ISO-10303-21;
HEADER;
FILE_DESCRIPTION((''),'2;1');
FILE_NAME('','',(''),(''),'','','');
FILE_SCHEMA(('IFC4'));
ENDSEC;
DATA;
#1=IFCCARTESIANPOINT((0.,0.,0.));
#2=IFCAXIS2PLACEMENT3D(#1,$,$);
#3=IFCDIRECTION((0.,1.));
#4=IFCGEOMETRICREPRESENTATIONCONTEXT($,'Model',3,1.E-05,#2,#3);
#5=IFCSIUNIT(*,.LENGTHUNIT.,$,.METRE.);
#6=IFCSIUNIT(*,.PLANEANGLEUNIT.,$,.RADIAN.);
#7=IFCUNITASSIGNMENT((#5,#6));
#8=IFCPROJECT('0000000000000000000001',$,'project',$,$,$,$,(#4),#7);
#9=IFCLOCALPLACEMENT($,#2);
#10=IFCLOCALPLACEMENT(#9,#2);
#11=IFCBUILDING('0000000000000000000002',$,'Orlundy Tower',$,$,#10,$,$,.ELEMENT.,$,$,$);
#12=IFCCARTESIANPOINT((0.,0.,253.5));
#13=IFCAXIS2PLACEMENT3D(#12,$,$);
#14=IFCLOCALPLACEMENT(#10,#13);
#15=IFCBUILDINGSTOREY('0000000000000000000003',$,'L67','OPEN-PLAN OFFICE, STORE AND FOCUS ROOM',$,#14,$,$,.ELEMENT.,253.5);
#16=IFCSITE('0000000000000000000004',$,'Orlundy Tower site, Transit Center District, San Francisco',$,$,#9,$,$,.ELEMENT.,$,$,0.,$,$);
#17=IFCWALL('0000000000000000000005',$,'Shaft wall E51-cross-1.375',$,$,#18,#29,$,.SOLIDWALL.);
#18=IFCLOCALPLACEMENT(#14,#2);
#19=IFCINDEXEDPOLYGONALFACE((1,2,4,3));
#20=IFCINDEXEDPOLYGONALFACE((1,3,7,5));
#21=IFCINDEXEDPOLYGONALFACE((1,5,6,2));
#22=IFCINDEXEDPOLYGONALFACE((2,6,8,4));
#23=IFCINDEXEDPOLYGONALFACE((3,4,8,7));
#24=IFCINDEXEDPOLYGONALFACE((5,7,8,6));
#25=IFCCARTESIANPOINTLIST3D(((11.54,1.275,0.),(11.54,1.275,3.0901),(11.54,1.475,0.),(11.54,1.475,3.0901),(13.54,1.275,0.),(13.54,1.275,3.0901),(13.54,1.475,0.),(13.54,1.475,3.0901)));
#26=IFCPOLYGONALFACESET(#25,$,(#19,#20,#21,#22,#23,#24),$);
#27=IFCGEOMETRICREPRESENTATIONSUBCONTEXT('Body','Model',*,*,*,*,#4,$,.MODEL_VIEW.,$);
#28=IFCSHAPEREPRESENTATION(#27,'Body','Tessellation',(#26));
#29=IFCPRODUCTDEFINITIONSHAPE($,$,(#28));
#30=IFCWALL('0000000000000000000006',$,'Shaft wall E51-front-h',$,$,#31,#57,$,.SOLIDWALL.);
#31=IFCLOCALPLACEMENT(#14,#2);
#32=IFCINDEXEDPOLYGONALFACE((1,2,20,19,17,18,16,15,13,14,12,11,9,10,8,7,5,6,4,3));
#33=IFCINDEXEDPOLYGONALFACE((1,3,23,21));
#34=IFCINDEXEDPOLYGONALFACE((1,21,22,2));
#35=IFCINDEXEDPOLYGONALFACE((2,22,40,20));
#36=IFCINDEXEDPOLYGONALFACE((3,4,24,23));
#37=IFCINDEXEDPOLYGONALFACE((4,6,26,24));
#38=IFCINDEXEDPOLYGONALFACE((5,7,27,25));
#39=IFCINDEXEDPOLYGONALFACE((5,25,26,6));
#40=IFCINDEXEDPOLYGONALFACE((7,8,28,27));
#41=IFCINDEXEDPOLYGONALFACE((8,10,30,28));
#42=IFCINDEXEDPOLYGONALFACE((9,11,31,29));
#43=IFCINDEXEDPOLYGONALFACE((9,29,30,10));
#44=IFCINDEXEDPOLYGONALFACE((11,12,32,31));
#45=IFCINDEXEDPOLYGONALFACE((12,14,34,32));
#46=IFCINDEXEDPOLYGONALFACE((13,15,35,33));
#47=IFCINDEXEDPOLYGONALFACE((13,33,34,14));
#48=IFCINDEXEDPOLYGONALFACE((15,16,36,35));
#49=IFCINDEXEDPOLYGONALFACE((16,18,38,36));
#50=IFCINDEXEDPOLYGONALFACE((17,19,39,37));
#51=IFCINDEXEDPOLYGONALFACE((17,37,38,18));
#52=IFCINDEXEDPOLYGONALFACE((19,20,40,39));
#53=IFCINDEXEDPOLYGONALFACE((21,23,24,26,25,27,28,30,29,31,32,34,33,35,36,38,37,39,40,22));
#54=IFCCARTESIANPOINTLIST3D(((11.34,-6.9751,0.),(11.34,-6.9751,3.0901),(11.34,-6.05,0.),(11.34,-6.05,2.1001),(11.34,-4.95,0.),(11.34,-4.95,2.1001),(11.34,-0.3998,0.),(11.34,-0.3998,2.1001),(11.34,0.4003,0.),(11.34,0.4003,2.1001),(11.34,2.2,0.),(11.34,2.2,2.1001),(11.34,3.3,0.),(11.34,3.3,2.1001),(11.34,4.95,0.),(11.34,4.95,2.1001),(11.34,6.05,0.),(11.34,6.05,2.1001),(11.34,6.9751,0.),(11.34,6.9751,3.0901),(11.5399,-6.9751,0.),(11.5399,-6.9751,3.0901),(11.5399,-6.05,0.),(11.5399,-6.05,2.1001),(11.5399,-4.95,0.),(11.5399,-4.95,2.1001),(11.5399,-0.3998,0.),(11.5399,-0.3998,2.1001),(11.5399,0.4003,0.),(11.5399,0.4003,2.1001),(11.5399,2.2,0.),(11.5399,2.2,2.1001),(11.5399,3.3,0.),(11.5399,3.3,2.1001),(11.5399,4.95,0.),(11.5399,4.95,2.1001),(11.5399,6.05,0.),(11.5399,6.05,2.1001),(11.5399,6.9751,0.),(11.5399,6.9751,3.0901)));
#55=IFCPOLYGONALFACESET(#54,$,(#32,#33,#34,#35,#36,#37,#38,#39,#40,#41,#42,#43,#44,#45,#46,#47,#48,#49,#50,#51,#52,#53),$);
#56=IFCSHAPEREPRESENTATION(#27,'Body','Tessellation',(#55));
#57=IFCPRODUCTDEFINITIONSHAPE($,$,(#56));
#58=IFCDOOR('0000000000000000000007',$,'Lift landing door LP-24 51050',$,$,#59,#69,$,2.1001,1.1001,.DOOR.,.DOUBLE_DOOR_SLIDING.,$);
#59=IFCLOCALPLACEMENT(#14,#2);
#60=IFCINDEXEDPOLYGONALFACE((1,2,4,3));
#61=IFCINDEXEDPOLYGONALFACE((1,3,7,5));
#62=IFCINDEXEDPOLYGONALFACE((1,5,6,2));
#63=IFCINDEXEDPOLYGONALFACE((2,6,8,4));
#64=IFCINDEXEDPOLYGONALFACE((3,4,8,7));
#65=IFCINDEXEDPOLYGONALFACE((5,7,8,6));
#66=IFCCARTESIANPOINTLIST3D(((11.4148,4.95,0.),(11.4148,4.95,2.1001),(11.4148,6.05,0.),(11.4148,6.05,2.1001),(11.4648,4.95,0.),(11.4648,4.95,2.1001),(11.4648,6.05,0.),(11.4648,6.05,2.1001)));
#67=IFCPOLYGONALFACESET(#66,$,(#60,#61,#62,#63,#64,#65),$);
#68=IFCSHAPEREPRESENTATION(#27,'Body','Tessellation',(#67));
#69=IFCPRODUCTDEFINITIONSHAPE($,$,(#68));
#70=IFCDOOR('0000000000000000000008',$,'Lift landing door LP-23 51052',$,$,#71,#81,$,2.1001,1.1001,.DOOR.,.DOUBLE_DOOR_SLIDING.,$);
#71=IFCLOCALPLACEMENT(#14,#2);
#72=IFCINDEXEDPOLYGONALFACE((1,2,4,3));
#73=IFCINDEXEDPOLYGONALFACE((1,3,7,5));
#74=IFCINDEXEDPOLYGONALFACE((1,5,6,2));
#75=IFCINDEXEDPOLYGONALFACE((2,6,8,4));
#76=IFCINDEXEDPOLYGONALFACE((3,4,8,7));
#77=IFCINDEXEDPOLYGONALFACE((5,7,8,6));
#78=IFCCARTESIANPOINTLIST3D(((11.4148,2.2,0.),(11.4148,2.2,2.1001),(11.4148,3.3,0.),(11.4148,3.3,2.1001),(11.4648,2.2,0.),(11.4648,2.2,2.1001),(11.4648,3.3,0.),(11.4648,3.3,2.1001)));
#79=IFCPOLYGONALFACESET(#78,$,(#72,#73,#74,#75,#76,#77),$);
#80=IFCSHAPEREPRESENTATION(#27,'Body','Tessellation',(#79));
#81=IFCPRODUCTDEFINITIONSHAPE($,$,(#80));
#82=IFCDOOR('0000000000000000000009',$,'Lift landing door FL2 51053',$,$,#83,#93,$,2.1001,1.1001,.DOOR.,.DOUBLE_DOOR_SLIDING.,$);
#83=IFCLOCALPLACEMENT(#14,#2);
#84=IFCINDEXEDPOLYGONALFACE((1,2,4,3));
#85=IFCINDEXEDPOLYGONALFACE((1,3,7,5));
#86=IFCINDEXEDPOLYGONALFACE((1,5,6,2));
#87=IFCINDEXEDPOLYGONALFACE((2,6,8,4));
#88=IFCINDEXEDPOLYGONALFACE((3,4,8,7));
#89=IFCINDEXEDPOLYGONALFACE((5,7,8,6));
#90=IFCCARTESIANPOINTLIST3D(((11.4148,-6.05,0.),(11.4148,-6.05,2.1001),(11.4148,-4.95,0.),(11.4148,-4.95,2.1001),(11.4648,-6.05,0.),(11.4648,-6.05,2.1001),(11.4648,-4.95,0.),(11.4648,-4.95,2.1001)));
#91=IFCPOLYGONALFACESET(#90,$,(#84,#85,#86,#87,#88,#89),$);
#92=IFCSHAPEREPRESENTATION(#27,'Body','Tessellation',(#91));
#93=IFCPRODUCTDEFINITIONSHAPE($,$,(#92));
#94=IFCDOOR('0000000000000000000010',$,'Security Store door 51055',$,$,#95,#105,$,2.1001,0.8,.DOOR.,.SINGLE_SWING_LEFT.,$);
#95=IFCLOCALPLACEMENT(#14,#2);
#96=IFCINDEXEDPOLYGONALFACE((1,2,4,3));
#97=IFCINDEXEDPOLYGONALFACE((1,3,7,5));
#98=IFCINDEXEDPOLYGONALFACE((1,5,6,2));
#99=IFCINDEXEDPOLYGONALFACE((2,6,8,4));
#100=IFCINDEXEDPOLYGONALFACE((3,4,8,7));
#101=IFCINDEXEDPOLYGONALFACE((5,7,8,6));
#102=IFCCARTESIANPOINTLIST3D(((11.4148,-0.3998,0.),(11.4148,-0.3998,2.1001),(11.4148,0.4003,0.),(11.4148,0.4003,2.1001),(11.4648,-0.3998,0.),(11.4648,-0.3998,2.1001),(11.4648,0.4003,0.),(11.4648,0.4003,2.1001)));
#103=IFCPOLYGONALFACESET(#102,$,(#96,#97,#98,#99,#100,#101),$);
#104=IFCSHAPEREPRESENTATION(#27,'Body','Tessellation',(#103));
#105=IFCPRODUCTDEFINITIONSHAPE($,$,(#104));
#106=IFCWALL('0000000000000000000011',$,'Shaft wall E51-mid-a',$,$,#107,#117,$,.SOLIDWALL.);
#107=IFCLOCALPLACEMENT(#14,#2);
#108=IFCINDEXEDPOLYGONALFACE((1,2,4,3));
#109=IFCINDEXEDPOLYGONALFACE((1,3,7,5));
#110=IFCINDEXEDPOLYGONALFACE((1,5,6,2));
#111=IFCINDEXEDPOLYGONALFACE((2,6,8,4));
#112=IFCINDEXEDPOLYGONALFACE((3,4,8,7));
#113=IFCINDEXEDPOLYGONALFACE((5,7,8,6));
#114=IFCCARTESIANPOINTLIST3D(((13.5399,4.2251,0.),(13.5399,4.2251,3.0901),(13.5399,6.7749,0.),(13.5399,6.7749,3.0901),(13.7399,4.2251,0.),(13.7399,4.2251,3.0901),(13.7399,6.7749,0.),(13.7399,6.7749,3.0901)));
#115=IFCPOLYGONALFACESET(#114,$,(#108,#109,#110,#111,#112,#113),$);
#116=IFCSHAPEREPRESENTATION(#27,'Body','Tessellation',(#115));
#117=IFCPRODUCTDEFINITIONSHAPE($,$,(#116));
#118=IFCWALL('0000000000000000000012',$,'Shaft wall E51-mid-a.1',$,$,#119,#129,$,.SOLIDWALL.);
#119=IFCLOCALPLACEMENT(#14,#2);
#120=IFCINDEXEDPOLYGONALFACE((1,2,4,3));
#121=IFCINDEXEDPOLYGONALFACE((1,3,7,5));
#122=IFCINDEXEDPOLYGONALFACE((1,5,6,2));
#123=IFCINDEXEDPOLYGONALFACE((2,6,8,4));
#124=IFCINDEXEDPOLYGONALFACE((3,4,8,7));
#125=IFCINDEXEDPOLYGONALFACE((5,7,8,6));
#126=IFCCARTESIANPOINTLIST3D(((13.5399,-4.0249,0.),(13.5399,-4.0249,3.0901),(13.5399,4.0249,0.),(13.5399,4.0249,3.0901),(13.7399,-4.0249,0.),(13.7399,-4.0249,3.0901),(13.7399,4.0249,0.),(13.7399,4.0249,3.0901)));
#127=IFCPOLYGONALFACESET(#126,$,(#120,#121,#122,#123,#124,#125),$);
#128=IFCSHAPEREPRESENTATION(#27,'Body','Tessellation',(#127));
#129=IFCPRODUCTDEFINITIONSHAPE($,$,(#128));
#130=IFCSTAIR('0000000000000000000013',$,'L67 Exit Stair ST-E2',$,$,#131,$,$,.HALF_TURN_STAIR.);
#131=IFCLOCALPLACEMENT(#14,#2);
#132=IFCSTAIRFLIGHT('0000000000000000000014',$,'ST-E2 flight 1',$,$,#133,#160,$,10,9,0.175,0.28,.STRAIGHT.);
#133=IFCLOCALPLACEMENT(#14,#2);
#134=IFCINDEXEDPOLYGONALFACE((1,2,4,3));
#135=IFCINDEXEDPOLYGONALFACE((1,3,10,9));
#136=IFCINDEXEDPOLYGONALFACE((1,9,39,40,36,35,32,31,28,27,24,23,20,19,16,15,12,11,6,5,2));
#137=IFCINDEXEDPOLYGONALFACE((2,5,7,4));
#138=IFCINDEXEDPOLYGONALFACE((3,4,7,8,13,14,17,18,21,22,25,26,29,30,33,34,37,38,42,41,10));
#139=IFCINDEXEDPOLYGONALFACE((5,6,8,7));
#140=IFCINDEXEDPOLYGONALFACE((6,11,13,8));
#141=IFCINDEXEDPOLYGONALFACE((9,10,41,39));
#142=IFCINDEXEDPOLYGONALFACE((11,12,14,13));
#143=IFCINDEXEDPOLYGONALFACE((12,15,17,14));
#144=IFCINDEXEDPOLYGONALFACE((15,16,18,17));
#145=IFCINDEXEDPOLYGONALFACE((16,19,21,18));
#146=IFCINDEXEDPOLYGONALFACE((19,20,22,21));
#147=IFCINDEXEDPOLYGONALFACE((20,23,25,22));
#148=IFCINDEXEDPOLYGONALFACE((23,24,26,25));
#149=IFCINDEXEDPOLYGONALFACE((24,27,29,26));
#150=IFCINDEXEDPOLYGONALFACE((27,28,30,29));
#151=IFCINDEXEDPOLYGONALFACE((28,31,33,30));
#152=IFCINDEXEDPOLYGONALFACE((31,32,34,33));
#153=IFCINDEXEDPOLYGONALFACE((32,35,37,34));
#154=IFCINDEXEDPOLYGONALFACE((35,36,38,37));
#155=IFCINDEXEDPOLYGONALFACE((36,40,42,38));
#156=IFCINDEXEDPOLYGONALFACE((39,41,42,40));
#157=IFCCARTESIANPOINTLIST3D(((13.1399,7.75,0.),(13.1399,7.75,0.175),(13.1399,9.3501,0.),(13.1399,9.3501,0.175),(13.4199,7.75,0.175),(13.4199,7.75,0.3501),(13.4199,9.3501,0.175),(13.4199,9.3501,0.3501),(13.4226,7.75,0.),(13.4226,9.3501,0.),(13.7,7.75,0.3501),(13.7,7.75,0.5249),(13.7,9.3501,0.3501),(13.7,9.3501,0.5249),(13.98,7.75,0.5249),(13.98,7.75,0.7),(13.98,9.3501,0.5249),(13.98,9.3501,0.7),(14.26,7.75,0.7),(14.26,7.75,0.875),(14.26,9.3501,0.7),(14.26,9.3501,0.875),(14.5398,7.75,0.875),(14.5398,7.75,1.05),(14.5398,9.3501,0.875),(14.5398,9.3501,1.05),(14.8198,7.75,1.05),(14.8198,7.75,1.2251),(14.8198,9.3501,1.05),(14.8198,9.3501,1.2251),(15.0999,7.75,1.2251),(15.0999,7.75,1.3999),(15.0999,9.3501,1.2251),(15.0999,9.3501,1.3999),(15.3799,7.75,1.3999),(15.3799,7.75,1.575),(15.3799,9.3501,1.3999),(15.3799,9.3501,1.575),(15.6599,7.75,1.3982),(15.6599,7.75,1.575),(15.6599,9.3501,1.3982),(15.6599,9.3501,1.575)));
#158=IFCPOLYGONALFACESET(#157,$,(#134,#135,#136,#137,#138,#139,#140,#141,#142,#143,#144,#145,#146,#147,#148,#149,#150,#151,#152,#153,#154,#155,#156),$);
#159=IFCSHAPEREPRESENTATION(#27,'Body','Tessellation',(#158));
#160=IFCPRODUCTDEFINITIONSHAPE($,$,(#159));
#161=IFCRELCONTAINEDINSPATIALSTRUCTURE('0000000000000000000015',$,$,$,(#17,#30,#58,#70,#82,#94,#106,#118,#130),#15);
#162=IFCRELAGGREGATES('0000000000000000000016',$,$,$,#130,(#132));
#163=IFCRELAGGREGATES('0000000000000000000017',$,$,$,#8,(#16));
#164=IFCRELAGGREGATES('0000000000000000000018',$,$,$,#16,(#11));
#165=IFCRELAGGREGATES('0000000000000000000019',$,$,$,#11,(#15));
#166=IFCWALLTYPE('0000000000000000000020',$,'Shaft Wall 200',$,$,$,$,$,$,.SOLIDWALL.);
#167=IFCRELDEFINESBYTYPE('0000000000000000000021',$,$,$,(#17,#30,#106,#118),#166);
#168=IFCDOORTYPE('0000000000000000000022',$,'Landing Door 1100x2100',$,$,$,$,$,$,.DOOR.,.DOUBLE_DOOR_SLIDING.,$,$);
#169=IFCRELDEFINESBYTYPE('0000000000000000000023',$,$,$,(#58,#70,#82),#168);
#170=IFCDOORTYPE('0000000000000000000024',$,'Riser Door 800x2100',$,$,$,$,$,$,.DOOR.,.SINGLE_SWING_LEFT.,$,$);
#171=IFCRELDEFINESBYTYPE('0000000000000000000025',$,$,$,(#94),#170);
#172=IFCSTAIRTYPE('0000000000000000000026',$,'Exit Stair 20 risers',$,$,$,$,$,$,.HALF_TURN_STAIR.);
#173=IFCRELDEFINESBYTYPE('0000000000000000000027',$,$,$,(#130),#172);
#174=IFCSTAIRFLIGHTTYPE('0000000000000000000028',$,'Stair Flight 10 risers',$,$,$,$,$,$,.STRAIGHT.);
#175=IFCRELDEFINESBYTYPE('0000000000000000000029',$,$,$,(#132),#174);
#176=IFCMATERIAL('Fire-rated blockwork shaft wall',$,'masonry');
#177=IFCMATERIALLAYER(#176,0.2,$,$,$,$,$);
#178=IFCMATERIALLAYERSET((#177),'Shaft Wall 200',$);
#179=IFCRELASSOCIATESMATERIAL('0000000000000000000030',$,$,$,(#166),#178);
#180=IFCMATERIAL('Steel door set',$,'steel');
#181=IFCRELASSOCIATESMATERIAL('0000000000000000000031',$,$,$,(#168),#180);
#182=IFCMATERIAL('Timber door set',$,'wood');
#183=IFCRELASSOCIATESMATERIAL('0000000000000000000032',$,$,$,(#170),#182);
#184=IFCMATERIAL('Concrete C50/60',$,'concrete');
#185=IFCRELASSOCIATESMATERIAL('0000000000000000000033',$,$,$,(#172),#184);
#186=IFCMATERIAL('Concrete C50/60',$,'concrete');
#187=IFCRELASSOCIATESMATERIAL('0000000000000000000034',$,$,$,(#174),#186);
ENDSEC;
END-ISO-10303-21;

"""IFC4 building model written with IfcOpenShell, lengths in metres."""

from ifc_helpers import new_model, si_unit, direction, frame, frame_2d, origin, place, context, subcontext, project, spatial, polyline, rectangle, outline, extrude, material, layer, layer_set, type_object, element, fill, aggregate, save


model = new_model("IFC4")

# Units and contexts
model_context = context("Model", 3, precision=1e-05, world=origin(), true_north=direction((0.0, 1.0)))
body_context = subcontext(model_context, "Body", "Model", "MODEL_VIEW")
ifc_project = project(units=[si_unit("LENGTHUNIT", "METRE"), si_unit("PLANEANGLEUNIT", "RADIAN")], contexts=[model_context])

# Site, building, storey
site_placement = place(None, origin())
site = spatial("IfcSite", under=ifc_project, at=site_placement, Name="Orlundy Tower site, Transit Center District, San Francisco", CompositionType="ELEMENT", RefElevation=0.0)
building_placement = place(site_placement, origin())
building = spatial("IfcBuilding", under=site, at=building_placement, Name="Orlundy Tower", CompositionType="ELEMENT")
storey_placement = place(building_placement, frame((0.0, 0.0, 253.5)))
storey = spatial("IfcBuildingStorey", under=building, at=storey_placement, Name="L67", Description="OPEN-PLAN OFFICE, STORE AND FOCUS ROOM", CompositionType="ELEMENT", Elevation=253.5)

# Wall
ifc_material_1 = material(Name="Fire-rated blockwork shaft wall", Category="masonry")
ifc_layer_1 = layer(ifc_material_1, 0.2)
ifc_layer_set_1 = layer_set([ifc_layer_1], Name="Shaft Wall 200")
wall_type_1 = type_object("IfcWallType", Name="Shaft Wall 200", PredefinedType="SOLIDWALL", material=ifc_layer_set_1)
wall_1_placement = place(storey_placement, frame((11.54, 1.375, 0.0), z_axis=(0.0, 0.0, 1.0), x_axis=(1.0, 0.0, 0.0)))
element("IfcWall", 1, at=wall_1_placement, inside=storey, type_object=wall_type_1, Name="Shaft wall E51-cross-1.375", PredefinedType="SOLIDWALL", context=body_context, shape_type="SweptSolid", body=[
    extrude(rectangle(XDim=2.0, YDim=0.2, at=frame_2d((1.0, 0.0))), origin(), (0.0, 0.0, 1.0), 3.0901),
])

# Wall, openings, doors
wall_2_placement = place(storey_placement, frame((11.4399, 6.9751, 0.0), z_axis=(0.0, 0.0, 1.0), x_axis=(0.0, -1.0, 0.0)))
wall_2 = element("IfcWall", 2, at=wall_2_placement, inside=storey, type_object=wall_type_1, Name="Shaft wall E51-front-h", PredefinedType="SOLIDWALL", context=body_context, shape_type="SweptSolid", body=[
    extrude(rectangle(XDim=13.9502, YDim=0.2, at=frame_2d((6.9751, 0.0))), origin(), (0.0, 0.0, 1.0), 3.0901),
])
opening_1_placement = place(wall_2_placement, frame((0.925, 0.0, 0.0)))
opening_1 = element("IfcOpeningElement", 3, at=opening_1_placement, cuts=wall_2, PredefinedType="OPENING", context=body_context, shape_type="SweptSolid", body=[
    extrude(rectangle(XDim=1.1001, YDim=2.1001, at=frame_2d((0.55, 1.05))), frame((0.0, 0.1101, 0.0), z_axis=(0.0, -1.0, 0.0), x_axis=(1.0, 0.0, 0.0)), (0.0, 0.0, 1.0), 0.2202),
])
opening_2_placement = place(wall_2_placement, frame((3.675, 0.0, 0.0)))
opening_2 = element("IfcOpeningElement", 4, at=opening_2_placement, cuts=wall_2, PredefinedType="OPENING", context=body_context, shape_type="SweptSolid", body=[
    extrude(rectangle(XDim=1.1001, YDim=2.1001, at=frame_2d((0.55, 1.05))), frame((0.0, 0.1101, 0.0), z_axis=(0.0, -1.0, 0.0), x_axis=(1.0, 0.0, 0.0)), (0.0, 0.0, 1.0), 0.2202),
])
opening_3_placement = place(wall_2_placement, frame((11.925, 0.0, 0.0)))
opening_3 = element("IfcOpeningElement", 5, at=opening_3_placement, cuts=wall_2, PredefinedType="OPENING", context=body_context, shape_type="SweptSolid", body=[
    extrude(rectangle(XDim=1.1001, YDim=2.1001, at=frame_2d((0.55, 1.05))), frame((0.0, 0.1101, 0.0), z_axis=(0.0, -1.0, 0.0), x_axis=(1.0, 0.0, 0.0)), (0.0, 0.0, 1.0), 0.2202),
])
opening_4_placement = place(wall_2_placement, frame((6.575, 0.0, 0.0)))
opening_4 = element("IfcOpeningElement", 6, at=opening_4_placement, cuts=wall_2, PredefinedType="OPENING", context=body_context, shape_type="SweptSolid", body=[
    extrude(rectangle(XDim=0.8, YDim=2.1001, at=frame_2d((0.3999, 1.05))), frame((0.0, 0.1101, 0.0), z_axis=(0.0, -1.0, 0.0), x_axis=(1.0, 0.0, 0.0)), (0.0, 0.0, 1.0), 0.2202),
])
ifc_material_2 = material(Name="Steel door set", Category="steel")
door_type_1 = type_object("IfcDoorType", Name="Landing Door 1100x2100", OperationType="DOUBLE_DOOR_SLIDING", PredefinedType="DOOR", material=ifc_material_2)
door_1_placement = place(opening_1_placement, origin())
door_1 = element("IfcDoor", 7, at=door_1_placement, inside=storey, type_object=door_type_1, Name="Lift landing door LP-24 51050", OperationType="DOUBLE_DOOR_SLIDING", OverallHeight=2.1001, OverallWidth=1.1001, PredefinedType="DOOR", context=body_context, shape_type="SweptSolid", body=[
    extrude(rectangle(XDim=1.1001, YDim=2.1001, at=frame_2d((0.55, 1.05))), frame((0.0, 0.0249, 0.0), z_axis=(0.0, -1.0, 0.0), x_axis=(1.0, 0.0, 0.0)), (0.0, 0.0, 1.0), 0.05),
])
fill(opening_1, door_1)
door_2_placement = place(opening_2_placement, origin())
door_2 = element("IfcDoor", 8, at=door_2_placement, inside=storey, type_object=door_type_1, Name="Lift landing door LP-23 51052", OperationType="DOUBLE_DOOR_SLIDING", OverallHeight=2.1001, OverallWidth=1.1001, PredefinedType="DOOR", context=body_context, shape_type="SweptSolid", body=[
    extrude(rectangle(XDim=1.1001, YDim=2.1001, at=frame_2d((0.55, 1.05))), frame((0.0, 0.0249, 0.0), z_axis=(0.0, -1.0, 0.0), x_axis=(1.0, 0.0, 0.0)), (0.0, 0.0, 1.0), 0.05),
])
fill(opening_2, door_2)
door_3_placement = place(opening_3_placement, origin())
door_3 = element("IfcDoor", 9, at=door_3_placement, inside=storey, type_object=door_type_1, Name="Lift landing door FL2 51053", OperationType="DOUBLE_DOOR_SLIDING", OverallHeight=2.1001, OverallWidth=1.1001, PredefinedType="DOOR", context=body_context, shape_type="SweptSolid", body=[
    extrude(rectangle(XDim=1.1001, YDim=2.1001, at=frame_2d((0.55, 1.05))), frame((0.0, 0.0249, 0.0), z_axis=(0.0, -1.0, 0.0), x_axis=(1.0, 0.0, 0.0)), (0.0, 0.0, 1.0), 0.05),
])
fill(opening_3, door_3)
ifc_material_3 = material(Name="Timber door set", Category="wood")
door_type_2 = type_object("IfcDoorType", Name="Riser Door 800x2100", OperationType="SINGLE_SWING_LEFT", PredefinedType="DOOR", material=ifc_material_3)
door_4_placement = place(opening_4_placement, origin())
door_4 = element("IfcDoor", 10, at=door_4_placement, inside=storey, type_object=door_type_2, Name="Security Store door 51055", OperationType="SINGLE_SWING_LEFT", OverallHeight=2.1001, OverallWidth=0.8, PredefinedType="DOOR", context=body_context, shape_type="SweptSolid", body=[
    extrude(rectangle(XDim=0.8, YDim=2.1001, at=frame_2d((0.3999, 1.05))), frame((0.0, 0.0249, 0.0), z_axis=(0.0, -1.0, 0.0), x_axis=(1.0, 0.0, 0.0)), (0.0, 0.0, 1.0), 0.05),
])
fill(opening_4, door_4)

# Walls
wall_3_placement = place(storey_placement, frame((13.6399, 6.7749, 0.0), z_axis=(0.0, 0.0, 1.0), x_axis=(0.0, -1.0, 0.0)))
element("IfcWall", 11, at=wall_3_placement, inside=storey, type_object=wall_type_1, Name="Shaft wall E51-mid-a", PredefinedType="SOLIDWALL", context=body_context, shape_type="SweptSolid", body=[
    extrude(rectangle(XDim=2.5498, YDim=0.2, at=frame_2d((1.2749, 0.0))), origin(), (0.0, 0.0, 1.0), 3.0901),
])
wall_4_placement = place(storey_placement, frame((13.6399, 4.0249, 0.0), z_axis=(0.0, 0.0, 1.0), x_axis=(0.0, -1.0, 0.0)))
element("IfcWall", 12, at=wall_4_placement, inside=storey, type_object=wall_type_1, Name="Shaft wall E51-mid-a.1", PredefinedType="SOLIDWALL", context=body_context, shape_type="SweptSolid", body=[
    extrude(rectangle(XDim=8.0498, YDim=0.2, at=frame_2d((4.0249, 0.0))), origin(), (0.0, 0.0, 1.0), 3.0901),
])

# Stair, stair flight
ifc_material_4 = material(Name="Concrete C50/60", Category="concrete")
stair_type = type_object("IfcStairType", Name="Exit Stair 20 risers", PredefinedType="HALF_TURN_STAIR", material=ifc_material_4)
stair_placement = place(storey_placement, origin())
stair = element("IfcStair", 13, at=stair_placement, inside=storey, type_object=stair_type, Name="L67 Exit Stair ST-E2", PredefinedType="HALF_TURN_STAIR")
ifc_material_5 = material(Name="Concrete C50/60", Category="concrete")
stair_flight_type = type_object("IfcStairFlightType", Name="Stair Flight 10 risers", PredefinedType="STRAIGHT", material=ifc_material_5)
stair_flight_1_placement = place(storey_placement, frame((13.1399, 8.55, 0.0), z_axis=(0.0, 0.0, 1.0), x_axis=(1.0, 0.0, 0.0)))
stair_flight_1 = element("IfcStairFlight", 14, at=stair_flight_1_placement, type_object=stair_flight_type, Name="ST-E2 flight 1", NumberOfRisers=10, NumberOfTreads=9, PredefinedType="STRAIGHT", RiserHeight=0.175, TreadLength=0.28, context=body_context, shape_type="SweptSolid", body=[
    extrude(outline(polyline([(0.0, 0.0), (0.0, 0.175), (0.28, 0.175), (0.28, 0.3501), (0.5601, 0.3501), (0.5601, 0.5249), (0.8401, 0.5249), (0.8401, 0.7), (1.1201, 0.7), (1.1201, 0.875), (1.3999, 0.875), (1.3999, 1.05), (1.6799, 1.05), (1.6799, 1.2251), (1.96, 1.2251), (1.96, 1.3999), (2.24, 1.3999), (2.24, 1.575), (2.52, 1.575), (2.52, 1.75), (2.52, 1.3982), (0.2827, 0.0), (0.0, 0.0)])), frame((0.0, 0.8, 0.0), z_axis=(0.0, -1.0, 0.0), x_axis=(1.0, 0.0, 0.0)), (0.0, 0.0, 1.0), 1.6001),
])
aggregate(stair, [stair_flight_1])

save(model, "model.ifc")
